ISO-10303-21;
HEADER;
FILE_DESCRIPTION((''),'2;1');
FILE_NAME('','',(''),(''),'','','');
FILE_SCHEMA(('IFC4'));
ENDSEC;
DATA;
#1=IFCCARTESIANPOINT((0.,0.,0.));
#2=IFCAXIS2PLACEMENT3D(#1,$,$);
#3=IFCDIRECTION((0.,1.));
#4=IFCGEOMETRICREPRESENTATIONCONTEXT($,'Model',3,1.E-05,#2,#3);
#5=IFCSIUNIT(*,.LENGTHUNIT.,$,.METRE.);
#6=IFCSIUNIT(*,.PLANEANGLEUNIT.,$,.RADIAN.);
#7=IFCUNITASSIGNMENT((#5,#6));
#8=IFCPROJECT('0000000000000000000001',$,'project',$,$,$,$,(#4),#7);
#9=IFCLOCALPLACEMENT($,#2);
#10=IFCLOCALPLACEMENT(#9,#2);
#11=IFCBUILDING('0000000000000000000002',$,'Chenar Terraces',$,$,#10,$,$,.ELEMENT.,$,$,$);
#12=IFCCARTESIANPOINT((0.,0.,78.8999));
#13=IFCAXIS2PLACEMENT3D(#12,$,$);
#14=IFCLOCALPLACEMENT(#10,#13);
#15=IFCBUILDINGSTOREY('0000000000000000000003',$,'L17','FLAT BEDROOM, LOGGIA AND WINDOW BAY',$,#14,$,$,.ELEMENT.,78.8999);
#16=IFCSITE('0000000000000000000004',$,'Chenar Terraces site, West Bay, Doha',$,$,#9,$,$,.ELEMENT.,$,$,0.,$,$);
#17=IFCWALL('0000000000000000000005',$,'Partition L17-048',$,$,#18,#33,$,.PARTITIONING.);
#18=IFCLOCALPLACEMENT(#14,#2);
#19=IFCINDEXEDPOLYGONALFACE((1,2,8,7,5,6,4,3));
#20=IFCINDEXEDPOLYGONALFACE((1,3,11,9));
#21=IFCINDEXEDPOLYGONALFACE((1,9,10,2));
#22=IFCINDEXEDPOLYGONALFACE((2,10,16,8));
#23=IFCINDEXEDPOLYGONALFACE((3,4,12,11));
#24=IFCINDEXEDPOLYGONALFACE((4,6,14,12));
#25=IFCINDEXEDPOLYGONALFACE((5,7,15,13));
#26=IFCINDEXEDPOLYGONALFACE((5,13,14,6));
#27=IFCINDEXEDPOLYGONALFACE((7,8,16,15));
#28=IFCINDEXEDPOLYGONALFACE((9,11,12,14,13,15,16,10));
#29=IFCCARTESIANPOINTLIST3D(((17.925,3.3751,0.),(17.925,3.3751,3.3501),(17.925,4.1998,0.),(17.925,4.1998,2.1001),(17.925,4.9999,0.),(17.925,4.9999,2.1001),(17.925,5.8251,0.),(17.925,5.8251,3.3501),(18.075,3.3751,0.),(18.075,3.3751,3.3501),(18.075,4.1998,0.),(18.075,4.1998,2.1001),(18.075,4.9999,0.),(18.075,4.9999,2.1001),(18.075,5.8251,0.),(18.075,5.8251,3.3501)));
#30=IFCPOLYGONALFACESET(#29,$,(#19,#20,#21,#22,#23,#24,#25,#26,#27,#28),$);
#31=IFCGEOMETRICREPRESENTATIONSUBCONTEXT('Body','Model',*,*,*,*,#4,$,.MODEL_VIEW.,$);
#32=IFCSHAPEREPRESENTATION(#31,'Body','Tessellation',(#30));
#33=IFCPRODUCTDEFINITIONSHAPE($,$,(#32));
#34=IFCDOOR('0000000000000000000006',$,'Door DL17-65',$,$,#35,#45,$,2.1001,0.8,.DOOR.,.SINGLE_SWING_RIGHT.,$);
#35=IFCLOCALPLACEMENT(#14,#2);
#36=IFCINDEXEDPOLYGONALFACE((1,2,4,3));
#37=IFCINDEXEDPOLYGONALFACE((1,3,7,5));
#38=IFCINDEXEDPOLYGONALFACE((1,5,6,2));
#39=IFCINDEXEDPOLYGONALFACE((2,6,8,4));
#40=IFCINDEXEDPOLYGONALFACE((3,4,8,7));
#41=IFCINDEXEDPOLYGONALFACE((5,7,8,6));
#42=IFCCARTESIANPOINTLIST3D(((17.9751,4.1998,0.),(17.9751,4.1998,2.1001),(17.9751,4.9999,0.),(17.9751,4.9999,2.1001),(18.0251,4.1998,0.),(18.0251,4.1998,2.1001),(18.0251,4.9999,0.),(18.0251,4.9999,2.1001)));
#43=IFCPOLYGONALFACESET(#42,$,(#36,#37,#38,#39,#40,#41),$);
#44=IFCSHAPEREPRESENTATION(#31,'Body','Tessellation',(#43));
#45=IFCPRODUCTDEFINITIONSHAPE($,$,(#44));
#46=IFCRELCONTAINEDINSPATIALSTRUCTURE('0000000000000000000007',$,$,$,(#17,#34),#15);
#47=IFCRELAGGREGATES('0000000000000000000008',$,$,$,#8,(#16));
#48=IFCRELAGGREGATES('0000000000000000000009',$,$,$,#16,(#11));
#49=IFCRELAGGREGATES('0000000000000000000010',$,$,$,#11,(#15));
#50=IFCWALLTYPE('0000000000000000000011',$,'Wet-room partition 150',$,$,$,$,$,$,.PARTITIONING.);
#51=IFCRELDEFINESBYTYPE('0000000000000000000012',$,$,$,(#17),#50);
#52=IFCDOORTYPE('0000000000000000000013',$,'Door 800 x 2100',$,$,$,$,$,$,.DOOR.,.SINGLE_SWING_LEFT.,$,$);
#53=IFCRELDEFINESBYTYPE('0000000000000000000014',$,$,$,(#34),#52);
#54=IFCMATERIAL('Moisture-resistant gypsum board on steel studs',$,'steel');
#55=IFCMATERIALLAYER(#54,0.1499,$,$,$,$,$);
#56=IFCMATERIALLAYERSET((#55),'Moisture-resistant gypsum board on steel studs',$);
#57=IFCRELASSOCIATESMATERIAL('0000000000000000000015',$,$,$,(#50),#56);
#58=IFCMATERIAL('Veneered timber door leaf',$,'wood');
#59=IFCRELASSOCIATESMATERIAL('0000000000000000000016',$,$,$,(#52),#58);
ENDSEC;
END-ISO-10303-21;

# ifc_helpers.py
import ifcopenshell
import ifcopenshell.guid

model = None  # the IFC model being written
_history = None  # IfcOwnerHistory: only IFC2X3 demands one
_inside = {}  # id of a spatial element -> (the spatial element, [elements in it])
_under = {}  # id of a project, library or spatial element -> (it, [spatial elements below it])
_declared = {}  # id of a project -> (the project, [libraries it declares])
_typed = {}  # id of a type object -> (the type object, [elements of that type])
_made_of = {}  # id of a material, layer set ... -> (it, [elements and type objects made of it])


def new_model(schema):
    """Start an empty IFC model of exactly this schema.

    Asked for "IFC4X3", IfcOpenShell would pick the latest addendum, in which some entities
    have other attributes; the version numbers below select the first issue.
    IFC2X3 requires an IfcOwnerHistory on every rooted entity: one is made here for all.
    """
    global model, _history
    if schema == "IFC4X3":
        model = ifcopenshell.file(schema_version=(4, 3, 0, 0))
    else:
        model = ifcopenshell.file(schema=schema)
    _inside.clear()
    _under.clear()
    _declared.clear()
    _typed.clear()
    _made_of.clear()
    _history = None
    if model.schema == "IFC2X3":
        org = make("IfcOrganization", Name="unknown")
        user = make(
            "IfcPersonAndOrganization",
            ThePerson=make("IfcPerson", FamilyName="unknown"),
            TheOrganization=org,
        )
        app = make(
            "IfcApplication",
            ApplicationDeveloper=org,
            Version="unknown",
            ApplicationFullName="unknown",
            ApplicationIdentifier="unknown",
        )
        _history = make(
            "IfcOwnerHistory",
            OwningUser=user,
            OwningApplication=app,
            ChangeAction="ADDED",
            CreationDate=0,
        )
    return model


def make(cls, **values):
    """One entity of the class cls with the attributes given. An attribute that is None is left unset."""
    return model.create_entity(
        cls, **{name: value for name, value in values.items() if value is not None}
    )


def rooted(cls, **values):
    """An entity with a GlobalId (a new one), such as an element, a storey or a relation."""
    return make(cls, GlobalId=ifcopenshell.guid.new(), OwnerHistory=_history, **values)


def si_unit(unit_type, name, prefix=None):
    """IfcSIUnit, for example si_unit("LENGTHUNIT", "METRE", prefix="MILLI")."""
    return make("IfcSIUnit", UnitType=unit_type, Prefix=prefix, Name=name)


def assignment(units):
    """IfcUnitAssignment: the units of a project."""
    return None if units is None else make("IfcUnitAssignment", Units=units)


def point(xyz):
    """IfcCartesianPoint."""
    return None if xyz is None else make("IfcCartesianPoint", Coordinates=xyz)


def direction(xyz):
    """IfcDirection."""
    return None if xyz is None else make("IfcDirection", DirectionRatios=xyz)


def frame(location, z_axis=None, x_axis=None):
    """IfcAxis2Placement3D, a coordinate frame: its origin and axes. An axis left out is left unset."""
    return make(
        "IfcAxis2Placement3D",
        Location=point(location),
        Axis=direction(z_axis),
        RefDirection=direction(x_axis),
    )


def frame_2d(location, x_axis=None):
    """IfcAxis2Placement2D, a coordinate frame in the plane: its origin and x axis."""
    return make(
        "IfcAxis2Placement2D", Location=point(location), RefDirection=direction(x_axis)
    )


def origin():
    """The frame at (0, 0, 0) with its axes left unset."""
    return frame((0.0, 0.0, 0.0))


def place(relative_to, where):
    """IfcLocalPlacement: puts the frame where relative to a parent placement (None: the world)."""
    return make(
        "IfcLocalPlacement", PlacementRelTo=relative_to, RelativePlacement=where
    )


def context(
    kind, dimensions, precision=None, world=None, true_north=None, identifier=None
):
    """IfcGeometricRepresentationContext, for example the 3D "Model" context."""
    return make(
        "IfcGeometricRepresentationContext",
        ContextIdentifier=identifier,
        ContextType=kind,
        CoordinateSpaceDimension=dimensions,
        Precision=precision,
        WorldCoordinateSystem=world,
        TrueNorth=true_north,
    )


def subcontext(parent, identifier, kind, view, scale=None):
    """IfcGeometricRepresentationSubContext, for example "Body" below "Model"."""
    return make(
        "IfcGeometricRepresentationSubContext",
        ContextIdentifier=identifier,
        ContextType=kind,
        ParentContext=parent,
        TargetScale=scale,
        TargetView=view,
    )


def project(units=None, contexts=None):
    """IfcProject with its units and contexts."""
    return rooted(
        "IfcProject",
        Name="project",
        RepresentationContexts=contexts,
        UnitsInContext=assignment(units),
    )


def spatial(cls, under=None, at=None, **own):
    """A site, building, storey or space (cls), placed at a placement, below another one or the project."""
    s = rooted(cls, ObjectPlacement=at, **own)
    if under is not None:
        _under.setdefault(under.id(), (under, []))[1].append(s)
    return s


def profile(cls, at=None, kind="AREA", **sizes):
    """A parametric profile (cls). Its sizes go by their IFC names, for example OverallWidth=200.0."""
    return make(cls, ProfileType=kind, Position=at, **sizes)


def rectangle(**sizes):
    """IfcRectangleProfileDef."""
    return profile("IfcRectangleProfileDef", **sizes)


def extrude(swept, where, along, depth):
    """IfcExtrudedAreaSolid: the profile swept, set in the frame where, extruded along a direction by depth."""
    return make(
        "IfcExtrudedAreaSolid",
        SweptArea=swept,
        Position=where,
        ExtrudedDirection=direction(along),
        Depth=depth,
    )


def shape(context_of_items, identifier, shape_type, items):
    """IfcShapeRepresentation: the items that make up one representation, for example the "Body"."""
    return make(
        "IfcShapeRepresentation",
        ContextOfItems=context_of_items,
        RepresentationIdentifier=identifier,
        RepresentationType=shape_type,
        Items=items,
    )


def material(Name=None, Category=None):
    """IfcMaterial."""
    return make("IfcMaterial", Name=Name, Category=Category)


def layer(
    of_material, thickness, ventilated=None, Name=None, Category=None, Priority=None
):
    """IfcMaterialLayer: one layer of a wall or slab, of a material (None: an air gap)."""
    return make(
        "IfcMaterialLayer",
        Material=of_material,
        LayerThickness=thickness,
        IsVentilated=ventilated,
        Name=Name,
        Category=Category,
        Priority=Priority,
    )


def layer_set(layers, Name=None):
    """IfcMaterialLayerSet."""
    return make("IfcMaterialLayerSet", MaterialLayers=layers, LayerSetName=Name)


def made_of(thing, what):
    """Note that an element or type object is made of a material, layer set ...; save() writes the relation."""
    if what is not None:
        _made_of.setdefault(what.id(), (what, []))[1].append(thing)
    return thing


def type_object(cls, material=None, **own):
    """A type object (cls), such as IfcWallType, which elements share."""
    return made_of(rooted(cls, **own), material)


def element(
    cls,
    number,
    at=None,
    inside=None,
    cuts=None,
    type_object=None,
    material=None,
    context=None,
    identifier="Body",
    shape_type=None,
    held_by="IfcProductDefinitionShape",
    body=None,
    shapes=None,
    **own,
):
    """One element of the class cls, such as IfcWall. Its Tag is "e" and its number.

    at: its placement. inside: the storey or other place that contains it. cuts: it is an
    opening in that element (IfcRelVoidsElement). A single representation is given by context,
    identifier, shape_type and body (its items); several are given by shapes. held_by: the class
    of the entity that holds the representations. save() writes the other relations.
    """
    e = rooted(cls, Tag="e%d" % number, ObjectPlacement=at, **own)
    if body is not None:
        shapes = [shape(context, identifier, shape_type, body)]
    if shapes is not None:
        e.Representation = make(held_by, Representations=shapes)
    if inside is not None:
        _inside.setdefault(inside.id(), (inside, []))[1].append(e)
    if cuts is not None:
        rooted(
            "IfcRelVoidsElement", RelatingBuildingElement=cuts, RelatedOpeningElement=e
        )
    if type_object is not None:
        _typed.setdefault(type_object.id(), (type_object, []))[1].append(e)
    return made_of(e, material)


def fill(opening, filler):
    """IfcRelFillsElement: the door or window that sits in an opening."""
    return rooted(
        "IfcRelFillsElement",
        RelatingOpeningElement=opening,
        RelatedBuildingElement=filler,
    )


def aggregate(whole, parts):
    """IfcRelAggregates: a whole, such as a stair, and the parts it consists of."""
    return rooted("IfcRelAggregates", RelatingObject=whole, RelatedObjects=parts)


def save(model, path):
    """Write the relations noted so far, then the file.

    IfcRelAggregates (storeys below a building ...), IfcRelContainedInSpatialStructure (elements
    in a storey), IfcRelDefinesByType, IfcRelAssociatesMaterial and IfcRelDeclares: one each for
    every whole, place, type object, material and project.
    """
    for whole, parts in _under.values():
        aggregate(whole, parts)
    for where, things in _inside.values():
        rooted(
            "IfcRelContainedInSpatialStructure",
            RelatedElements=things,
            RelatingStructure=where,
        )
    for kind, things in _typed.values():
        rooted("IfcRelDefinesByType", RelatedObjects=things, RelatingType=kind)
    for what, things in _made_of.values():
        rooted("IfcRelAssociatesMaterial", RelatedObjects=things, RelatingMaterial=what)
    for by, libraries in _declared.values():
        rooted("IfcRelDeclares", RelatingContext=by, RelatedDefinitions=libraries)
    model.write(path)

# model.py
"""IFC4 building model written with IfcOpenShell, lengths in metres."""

from ifc_helpers import new_model, si_unit, direction, frame, frame_2d, origin, place, context, subcontext, project, spatial, rectangle, extrude, material, layer, layer_set, type_object, element, fill, save


model = new_model("IFC4")

# Units and contexts
model_context = context("Model", 3, precision=1e-05, world=origin(), true_north=direction((0.0, 1.0)))
body_context = subcontext(model_context, "Body", "Model", "MODEL_VIEW")
ifc_project = project(units=[si_unit("LENGTHUNIT", "METRE"), si_unit("PLANEANGLEUNIT", "RADIAN")], contexts=[model_context])

# Site, building, storey
site_placement = place(None, origin())
site = spatial("IfcSite", under=ifc_project, at=site_placement, Name="Chenar Terraces site, West Bay, Doha", CompositionType="ELEMENT", RefElevation=0.0)
building_placement = place(site_placement, origin())
building = spatial("IfcBuilding", under=site, at=building_placement, Name="Chenar Terraces", CompositionType="ELEMENT")
storey_placement = place(building_placement, frame((0.0, 0.0, 78.8999)))
storey = spatial("IfcBuildingStorey", under=building, at=storey_placement, Name="L17", Description="FLAT BEDROOM, LOGGIA AND WINDOW BAY", CompositionType="ELEMENT", Elevation=78.8999)

# Shared definitions
ifc_material_1 = material(Name="Moisture-resistant gypsum board on steel studs", Category="steel")
ifc_layer_1 = layer(ifc_material_1, 0.1499)
ifc_layer_set_1 = layer_set([ifc_layer_1], Name="Moisture-resistant gypsum board on steel studs")
wall_type_1 = type_object("IfcWallType", Name="Wet-room partition 150", PredefinedType="PARTITIONING", material=ifc_layer_set_1)

# Wall, opening, door
wall_1_placement = place(storey_placement, frame((18.0, 3.375, 0.0), z_axis=(0.0, 0.0, 1.0), x_axis=(0.0, 1.0, 0.0)))
wall_1 = element("IfcWall", 1, at=wall_1_placement, inside=storey, type_object=wall_type_1, Name="Partition L17-048", PredefinedType="PARTITIONING", context=body_context, shape_type="SweptSolid", body=[
    extrude(rectangle(XDim=2.45, YDim=0.1499, at=frame_2d((1.2251, 0.0))), origin(), (0.0, 0.0, 1.0), 3.3501),
])
opening_1_placement = place(wall_1_placement, frame((0.825, 0.0, 0.0)))
opening_1 = element("IfcOpeningElement", 2, at=opening_1_placement, cuts=wall_1, PredefinedType="OPENING", context=body_context, shape_type="SweptSolid", body=[
    extrude(rectangle(XDim=0.8, YDim=2.1001, at=frame_2d((0.3999, 1.05))), frame((0.0, 0.085, 0.0), z_axis=(0.0, -1.0, 0.0), x_axis=(1.0, 0.0, 0.0)), (0.0, 0.0, 1.0), 0.1699),
])
ifc_material_2 = material(Name="Veneered timber door leaf", Category="wood")
door_type_1 = type_object("IfcDoorType", Name="Door 800 x 2100", OperationType="SINGLE_SWING_LEFT", PredefinedType="DOOR", material=ifc_material_2)
door_1_placement = place(opening_1_placement, origin())
door_1 = element("IfcDoor", 3, at=door_1_placement, inside=storey, type_object=door_type_1, Name="Door DL17-65", OperationType="SINGLE_SWING_RIGHT", OverallHeight=2.1001, OverallWidth=0.8, PredefinedType="DOOR", context=body_context, shape_type="SweptSolid", body=[
    extrude(rectangle(XDim=0.8, YDim=2.1001, at=frame_2d((0.3999, 1.05))), frame((0.0, 0.0249, 0.0), z_axis=(0.0, -1.0, 0.0), x_axis=(1.0, 0.0, 0.0)), (0.0, 0.0, 1.0), 0.05),
])
fill(opening_1, door_1)

save(model, "model.ifc")
